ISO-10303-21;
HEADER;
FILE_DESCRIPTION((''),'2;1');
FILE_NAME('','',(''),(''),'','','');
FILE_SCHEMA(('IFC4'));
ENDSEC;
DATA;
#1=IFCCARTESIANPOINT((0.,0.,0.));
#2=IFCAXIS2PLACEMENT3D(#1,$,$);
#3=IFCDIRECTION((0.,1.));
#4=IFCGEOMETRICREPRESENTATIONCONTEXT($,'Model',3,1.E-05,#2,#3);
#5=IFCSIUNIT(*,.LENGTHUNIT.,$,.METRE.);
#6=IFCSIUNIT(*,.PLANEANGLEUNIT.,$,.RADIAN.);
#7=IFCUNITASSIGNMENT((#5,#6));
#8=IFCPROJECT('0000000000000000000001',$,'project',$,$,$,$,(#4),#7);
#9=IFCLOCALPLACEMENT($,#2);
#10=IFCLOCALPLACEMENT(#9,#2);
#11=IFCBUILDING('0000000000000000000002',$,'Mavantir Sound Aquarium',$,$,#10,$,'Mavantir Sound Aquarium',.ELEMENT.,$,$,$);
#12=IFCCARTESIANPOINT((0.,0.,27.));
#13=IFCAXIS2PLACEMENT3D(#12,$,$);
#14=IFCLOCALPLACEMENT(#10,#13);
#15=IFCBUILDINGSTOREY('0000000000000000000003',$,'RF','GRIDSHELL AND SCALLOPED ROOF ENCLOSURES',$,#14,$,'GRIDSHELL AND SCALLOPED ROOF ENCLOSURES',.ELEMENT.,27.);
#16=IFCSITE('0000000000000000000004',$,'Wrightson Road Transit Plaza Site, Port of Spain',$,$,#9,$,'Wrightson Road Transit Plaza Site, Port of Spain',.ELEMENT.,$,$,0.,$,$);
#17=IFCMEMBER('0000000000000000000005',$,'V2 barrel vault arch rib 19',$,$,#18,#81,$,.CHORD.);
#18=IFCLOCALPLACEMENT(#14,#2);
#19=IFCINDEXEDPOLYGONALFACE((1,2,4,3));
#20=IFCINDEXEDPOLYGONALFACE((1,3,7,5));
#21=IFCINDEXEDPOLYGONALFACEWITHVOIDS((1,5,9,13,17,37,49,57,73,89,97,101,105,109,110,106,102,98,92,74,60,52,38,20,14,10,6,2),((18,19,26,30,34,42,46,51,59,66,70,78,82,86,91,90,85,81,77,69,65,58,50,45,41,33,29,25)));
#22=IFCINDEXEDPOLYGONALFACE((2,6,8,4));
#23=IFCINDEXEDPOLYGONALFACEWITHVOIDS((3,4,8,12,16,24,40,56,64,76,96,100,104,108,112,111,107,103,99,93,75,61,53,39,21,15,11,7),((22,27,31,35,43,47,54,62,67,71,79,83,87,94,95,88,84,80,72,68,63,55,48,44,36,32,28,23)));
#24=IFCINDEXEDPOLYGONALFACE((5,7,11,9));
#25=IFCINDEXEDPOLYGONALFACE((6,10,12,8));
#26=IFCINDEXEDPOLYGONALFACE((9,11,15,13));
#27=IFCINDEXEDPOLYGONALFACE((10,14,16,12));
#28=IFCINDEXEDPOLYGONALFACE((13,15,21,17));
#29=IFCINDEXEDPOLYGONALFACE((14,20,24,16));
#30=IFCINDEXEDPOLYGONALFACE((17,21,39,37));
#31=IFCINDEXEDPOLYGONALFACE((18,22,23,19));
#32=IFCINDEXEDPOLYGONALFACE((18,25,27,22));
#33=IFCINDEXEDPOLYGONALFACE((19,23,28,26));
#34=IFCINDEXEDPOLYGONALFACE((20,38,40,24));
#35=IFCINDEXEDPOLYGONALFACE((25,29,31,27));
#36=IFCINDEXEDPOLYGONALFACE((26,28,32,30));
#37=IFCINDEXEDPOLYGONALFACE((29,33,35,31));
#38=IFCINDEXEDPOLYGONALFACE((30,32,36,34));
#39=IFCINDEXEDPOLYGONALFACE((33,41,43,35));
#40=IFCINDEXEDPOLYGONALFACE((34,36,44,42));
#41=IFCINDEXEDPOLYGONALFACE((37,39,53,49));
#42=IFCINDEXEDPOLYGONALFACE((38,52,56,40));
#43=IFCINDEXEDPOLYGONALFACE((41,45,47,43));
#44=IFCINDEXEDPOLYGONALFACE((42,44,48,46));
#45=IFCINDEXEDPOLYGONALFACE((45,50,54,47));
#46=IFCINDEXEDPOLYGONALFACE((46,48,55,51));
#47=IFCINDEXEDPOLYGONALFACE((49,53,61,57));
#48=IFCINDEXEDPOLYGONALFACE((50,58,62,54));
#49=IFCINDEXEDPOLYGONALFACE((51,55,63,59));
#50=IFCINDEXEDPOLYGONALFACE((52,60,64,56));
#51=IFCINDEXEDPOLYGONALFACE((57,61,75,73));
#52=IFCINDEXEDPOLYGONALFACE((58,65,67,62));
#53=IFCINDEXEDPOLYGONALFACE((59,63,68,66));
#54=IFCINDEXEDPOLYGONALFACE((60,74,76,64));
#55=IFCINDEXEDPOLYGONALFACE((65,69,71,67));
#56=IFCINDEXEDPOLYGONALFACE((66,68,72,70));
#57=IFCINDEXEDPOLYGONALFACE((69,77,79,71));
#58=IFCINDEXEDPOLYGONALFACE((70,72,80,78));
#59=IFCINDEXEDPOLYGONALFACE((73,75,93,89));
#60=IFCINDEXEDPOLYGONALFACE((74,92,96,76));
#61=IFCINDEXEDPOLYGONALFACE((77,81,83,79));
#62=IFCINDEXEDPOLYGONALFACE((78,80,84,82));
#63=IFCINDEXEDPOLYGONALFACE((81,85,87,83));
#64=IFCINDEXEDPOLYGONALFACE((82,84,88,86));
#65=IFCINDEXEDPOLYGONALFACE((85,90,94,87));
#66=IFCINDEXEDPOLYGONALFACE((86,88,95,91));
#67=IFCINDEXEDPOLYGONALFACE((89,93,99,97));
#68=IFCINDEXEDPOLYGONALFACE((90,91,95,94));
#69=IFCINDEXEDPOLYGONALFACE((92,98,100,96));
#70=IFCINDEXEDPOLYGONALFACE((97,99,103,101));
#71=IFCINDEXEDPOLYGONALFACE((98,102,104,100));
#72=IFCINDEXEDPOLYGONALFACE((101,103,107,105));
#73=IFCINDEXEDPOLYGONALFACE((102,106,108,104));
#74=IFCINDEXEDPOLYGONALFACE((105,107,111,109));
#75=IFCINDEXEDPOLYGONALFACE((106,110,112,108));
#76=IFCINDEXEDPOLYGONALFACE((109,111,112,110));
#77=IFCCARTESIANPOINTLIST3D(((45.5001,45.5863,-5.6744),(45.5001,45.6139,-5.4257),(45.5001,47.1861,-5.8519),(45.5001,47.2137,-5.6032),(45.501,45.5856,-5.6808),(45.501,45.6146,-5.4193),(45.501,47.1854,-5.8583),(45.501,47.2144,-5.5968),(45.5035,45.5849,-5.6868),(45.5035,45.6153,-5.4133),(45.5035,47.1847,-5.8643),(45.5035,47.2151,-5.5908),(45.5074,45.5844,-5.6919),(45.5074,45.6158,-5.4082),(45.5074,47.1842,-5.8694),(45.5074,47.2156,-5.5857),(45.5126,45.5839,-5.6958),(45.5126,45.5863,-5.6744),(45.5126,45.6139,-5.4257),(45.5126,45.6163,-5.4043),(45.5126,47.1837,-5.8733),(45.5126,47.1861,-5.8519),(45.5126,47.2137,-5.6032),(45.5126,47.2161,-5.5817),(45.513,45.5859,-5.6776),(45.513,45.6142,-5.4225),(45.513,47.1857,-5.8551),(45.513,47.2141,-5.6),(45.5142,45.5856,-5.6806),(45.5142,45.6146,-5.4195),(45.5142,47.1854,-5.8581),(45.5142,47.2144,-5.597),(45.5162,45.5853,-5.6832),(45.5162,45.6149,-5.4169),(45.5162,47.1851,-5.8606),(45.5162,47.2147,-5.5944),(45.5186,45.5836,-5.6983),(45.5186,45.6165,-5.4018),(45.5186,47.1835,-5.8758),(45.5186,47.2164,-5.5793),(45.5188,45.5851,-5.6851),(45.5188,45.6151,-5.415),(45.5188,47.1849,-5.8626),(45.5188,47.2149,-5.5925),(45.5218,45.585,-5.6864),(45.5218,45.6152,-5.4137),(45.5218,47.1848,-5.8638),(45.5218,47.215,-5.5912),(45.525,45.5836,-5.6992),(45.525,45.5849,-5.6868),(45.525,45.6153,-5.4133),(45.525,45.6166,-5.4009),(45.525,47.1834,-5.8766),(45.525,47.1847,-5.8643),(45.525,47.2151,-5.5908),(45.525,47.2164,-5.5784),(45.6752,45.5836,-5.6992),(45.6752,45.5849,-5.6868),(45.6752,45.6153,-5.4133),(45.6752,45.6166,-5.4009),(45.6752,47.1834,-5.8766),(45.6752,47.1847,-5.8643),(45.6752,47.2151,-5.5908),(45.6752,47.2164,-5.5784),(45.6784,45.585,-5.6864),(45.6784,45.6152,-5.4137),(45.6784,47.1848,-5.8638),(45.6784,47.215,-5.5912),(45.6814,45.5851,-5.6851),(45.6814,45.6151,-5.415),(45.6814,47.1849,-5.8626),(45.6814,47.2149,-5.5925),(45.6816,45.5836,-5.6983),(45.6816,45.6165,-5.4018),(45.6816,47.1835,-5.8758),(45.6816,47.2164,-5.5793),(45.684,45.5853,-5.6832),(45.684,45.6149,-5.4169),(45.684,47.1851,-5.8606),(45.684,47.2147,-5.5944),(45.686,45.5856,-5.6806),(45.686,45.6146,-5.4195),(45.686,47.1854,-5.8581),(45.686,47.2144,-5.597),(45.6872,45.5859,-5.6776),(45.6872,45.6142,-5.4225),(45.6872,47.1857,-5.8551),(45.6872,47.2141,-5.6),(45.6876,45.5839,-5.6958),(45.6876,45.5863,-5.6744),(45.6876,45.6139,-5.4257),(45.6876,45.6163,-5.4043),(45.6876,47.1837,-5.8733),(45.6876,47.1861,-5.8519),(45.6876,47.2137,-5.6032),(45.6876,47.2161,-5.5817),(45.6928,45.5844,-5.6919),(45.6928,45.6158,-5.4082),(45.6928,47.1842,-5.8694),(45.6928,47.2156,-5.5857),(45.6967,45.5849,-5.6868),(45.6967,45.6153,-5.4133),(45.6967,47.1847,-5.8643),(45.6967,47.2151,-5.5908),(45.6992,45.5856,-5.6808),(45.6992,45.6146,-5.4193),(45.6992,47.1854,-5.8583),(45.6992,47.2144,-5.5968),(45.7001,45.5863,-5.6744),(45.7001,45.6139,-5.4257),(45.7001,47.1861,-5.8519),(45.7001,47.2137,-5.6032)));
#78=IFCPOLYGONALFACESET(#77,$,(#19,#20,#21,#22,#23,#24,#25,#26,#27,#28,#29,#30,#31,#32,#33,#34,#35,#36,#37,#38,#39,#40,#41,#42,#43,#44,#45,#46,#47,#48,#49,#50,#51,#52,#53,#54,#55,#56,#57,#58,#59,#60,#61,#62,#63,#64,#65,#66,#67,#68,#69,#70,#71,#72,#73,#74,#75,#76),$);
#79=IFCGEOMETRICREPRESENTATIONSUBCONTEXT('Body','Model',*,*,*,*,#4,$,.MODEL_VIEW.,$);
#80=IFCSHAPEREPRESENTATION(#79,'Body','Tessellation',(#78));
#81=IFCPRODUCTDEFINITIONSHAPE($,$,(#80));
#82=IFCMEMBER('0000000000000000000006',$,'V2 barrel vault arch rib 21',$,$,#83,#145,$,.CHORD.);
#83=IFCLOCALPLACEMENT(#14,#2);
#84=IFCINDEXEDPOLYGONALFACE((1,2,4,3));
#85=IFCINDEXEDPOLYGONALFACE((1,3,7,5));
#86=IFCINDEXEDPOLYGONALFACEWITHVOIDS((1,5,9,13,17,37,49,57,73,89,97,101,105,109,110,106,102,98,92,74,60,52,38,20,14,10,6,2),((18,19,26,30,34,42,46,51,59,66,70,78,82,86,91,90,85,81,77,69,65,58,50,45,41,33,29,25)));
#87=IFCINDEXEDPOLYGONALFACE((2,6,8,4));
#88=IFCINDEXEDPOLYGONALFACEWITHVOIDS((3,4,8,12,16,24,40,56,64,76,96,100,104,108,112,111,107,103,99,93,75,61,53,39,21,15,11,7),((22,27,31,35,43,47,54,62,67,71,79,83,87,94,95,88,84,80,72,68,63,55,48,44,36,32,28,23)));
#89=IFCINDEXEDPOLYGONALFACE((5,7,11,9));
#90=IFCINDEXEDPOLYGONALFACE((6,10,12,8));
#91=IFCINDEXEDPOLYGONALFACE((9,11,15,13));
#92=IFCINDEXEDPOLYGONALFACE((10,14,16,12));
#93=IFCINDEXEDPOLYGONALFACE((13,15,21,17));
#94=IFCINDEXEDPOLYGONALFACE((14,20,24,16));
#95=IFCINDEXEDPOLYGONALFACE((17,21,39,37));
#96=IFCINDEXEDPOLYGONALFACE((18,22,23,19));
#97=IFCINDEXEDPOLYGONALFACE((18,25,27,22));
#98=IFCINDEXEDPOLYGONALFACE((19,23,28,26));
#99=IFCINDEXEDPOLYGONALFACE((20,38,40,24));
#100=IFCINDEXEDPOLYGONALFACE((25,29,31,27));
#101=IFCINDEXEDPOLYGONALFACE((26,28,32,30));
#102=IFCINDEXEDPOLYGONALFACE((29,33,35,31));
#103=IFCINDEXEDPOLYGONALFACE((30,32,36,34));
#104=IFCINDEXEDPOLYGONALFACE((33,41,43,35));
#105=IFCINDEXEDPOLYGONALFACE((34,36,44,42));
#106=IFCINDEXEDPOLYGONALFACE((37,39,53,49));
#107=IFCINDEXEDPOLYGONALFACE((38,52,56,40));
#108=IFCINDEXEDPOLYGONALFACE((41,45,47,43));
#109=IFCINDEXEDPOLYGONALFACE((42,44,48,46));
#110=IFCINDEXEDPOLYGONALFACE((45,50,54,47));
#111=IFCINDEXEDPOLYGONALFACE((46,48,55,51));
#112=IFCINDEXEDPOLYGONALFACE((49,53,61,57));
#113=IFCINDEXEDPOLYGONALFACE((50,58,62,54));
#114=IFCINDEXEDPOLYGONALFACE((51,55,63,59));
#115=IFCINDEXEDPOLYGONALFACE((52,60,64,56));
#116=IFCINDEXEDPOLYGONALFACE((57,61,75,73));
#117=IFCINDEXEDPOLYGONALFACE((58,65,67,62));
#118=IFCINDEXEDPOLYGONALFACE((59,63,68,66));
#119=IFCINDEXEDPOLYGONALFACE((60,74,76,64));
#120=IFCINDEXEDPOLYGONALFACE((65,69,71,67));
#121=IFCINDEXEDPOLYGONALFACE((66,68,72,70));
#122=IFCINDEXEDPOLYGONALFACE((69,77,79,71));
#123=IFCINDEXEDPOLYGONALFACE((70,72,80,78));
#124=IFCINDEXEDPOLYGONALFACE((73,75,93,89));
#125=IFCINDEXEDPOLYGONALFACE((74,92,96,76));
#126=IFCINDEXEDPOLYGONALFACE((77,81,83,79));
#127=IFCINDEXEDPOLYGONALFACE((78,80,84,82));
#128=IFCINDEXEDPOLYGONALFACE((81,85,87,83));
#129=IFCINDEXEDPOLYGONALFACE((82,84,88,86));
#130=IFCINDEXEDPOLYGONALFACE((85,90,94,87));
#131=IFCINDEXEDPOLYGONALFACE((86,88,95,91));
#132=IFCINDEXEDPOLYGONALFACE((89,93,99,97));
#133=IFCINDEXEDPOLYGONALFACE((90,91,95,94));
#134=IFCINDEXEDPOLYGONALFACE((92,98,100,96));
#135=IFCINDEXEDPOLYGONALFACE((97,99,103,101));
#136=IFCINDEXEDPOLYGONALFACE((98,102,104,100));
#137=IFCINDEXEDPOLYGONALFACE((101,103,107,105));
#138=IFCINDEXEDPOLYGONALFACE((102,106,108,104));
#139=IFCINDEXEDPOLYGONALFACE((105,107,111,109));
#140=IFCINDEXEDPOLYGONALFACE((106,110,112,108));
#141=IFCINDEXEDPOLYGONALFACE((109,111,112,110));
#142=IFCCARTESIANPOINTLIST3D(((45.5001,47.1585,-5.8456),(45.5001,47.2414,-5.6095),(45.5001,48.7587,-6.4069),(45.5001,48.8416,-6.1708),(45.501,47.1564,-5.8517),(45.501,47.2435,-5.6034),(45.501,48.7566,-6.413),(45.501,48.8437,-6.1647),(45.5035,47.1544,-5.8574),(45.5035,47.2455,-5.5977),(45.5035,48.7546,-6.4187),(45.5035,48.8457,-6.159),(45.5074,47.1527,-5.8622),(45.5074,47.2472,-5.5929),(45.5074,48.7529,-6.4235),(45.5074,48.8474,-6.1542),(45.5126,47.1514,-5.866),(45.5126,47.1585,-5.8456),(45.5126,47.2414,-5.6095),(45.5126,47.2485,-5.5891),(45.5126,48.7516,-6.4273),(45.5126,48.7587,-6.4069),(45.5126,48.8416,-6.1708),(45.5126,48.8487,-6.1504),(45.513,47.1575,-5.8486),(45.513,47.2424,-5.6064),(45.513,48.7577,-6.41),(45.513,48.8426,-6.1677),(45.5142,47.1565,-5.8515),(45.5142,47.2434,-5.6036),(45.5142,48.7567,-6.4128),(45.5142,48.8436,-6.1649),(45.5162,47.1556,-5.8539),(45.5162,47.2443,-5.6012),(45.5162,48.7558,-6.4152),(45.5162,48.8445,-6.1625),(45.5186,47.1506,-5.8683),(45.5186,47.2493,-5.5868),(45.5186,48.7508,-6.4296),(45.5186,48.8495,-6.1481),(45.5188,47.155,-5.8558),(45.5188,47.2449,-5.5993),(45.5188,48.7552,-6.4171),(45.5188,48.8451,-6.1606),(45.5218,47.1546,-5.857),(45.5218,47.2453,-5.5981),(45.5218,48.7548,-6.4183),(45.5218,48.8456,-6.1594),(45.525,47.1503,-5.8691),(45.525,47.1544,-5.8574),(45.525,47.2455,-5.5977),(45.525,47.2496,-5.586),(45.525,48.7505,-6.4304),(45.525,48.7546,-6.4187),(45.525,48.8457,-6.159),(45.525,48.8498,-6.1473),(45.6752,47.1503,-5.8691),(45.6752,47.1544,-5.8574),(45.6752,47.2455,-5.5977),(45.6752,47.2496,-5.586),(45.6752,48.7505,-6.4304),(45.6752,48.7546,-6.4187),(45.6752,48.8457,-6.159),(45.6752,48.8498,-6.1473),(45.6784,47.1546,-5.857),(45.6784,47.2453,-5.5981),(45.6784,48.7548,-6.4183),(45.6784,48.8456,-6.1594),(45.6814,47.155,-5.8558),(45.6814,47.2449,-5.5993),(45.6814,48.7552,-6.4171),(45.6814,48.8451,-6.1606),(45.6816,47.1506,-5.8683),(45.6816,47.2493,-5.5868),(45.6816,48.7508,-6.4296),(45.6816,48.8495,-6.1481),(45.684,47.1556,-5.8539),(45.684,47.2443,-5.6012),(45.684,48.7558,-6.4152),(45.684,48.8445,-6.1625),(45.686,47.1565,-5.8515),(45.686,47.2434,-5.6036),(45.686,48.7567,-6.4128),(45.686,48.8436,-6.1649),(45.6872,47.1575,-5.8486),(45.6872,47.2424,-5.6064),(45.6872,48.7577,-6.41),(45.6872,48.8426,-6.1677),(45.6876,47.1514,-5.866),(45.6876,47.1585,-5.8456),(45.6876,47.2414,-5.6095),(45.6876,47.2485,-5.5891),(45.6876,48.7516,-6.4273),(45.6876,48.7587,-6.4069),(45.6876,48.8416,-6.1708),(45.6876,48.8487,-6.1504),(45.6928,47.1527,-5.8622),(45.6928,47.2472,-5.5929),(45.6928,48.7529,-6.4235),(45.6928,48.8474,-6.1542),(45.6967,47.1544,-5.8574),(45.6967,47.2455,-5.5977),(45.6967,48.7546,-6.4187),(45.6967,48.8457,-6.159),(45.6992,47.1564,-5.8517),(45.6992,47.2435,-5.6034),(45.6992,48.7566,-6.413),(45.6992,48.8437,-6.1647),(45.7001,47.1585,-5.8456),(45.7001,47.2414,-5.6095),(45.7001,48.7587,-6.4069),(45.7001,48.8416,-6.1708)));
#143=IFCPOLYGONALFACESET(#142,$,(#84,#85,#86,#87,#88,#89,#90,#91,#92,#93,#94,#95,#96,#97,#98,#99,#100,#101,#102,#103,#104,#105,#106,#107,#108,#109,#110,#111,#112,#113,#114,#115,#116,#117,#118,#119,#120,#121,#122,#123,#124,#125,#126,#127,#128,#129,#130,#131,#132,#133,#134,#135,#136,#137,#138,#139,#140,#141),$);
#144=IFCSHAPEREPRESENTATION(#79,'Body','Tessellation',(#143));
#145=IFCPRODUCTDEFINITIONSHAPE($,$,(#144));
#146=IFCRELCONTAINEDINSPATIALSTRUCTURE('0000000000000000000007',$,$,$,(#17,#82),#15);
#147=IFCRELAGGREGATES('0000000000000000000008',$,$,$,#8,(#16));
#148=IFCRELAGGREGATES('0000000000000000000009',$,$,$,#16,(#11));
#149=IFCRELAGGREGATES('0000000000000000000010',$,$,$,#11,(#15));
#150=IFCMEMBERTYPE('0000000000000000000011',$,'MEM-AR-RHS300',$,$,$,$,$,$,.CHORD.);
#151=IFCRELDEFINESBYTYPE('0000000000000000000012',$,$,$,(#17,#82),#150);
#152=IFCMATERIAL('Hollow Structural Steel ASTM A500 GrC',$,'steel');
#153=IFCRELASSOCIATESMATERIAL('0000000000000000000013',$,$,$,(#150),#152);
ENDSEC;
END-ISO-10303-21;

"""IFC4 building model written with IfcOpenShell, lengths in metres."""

from ifc_helpers import new_model, si_unit, direction, frame, origin, origin_2d, place, context, subcontext, project, spatial, hollow_rectangle, extrude, material, material_profile, profile_set, type_object, element, save


model = new_model("IFC4")

# Units and contexts
model_context = context("Model", 3, precision=1e-05, world=origin(), true_north=direction((0.0, 1.0)))
body_context = subcontext(model_context, "Body", "Model", "MODEL_VIEW")
ifc_project = project(units=[si_unit("LENGTHUNIT", "METRE"), si_unit("PLANEANGLEUNIT", "RADIAN")], contexts=[model_context])

# Site, building, storey
site_placement = place(None, origin())
site = spatial("IfcSite", under=ifc_project, at=site_placement, Name="Wrightson Road Transit Plaza Site, Port of Spain", LongName="Wrightson Road Transit Plaza Site, Port of Spain", CompositionType="ELEMENT", RefElevation=0.0)
building_placement = place(site_placement, origin())
building = spatial("IfcBuilding", under=site, at=building_placement, Name="Mavantir Sound Aquarium", LongName="Mavantir Sound Aquarium", CompositionType="ELEMENT")
storey_placement = place(building_placement, frame((0.0, 0.0, 27.0)))
storey = spatial("IfcBuildingStorey", under=building, at=storey_placement, Name="RF", Description="GRIDSHELL AND SCALLOPED ROOF ENCLOSURES", LongName="GRIDSHELL AND SCALLOPED ROOF ENCLOSURES", CompositionType="ELEMENT", Elevation=27.0)

# Members
ifc_material_1 = material(Name="Hollow Structural Steel ASTM A500 GrC", Category="steel")
ifc_material_profile_1 = material_profile(ifc_material_1, hollow_rectangle(XDim=0.2, YDim=0.3, WallThickness=0.0125, InnerFilletRadius=0.0125, OuterFilletRadius=0.0249, at=origin_2d()), Name="RHS 300X200X12.5")
ifc_profile_set_1 = profile_set([ifc_material_profile_1], Name="Hollow Structural Steel ASTM A500 GrC")
member_type_1 = type_object("IfcMemberType", Name="MEM-AR-RHS300", PredefinedType="CHORD", material=ifc_profile_set_1)
member_1_placement = place(storey_placement, frame((45.6001, 45.6001, -5.55), z_axis=(0.0, 0.993902, -0.110265), x_axis=(-1.0, 0.0, 0.0)))
element("IfcMember", 1, at=member_1_placement, inside=storey, type_object=member_type_1, Name="V2 barrel vault arch rib 19", PredefinedType="CHORD", context=body_context, shape_type="SweptSolid", body=[
    extrude(hollow_rectangle(XDim=0.2, YDim=0.3, WallThickness=0.0125, InnerFilletRadius=0.0125, OuterFilletRadius=0.0249, at=origin_2d()), origin(), (0.0, 0.0, 1.0), 1.6096),
])
member_2_placement = place(storey_placement, frame((45.6001, 47.2, -5.7275), z_axis=(0.0, 0.943629, -0.331004), x_axis=(-1.0, 0.0, 0.0)))
element("IfcMember", 2, at=member_2_placement, inside=storey, type_object=member_type_1, Name="V2 barrel vault arch rib 21", PredefinedType="CHORD", context=body_context, shape_type="SweptSolid", body=[
    extrude(hollow_rectangle(XDim=0.2, YDim=0.3, WallThickness=0.0125, InnerFilletRadius=0.0125, OuterFilletRadius=0.0249, at=origin_2d()), origin(), (0.0, 0.0, 1.0), 1.6958),
])

save(model, "model.ifc")
